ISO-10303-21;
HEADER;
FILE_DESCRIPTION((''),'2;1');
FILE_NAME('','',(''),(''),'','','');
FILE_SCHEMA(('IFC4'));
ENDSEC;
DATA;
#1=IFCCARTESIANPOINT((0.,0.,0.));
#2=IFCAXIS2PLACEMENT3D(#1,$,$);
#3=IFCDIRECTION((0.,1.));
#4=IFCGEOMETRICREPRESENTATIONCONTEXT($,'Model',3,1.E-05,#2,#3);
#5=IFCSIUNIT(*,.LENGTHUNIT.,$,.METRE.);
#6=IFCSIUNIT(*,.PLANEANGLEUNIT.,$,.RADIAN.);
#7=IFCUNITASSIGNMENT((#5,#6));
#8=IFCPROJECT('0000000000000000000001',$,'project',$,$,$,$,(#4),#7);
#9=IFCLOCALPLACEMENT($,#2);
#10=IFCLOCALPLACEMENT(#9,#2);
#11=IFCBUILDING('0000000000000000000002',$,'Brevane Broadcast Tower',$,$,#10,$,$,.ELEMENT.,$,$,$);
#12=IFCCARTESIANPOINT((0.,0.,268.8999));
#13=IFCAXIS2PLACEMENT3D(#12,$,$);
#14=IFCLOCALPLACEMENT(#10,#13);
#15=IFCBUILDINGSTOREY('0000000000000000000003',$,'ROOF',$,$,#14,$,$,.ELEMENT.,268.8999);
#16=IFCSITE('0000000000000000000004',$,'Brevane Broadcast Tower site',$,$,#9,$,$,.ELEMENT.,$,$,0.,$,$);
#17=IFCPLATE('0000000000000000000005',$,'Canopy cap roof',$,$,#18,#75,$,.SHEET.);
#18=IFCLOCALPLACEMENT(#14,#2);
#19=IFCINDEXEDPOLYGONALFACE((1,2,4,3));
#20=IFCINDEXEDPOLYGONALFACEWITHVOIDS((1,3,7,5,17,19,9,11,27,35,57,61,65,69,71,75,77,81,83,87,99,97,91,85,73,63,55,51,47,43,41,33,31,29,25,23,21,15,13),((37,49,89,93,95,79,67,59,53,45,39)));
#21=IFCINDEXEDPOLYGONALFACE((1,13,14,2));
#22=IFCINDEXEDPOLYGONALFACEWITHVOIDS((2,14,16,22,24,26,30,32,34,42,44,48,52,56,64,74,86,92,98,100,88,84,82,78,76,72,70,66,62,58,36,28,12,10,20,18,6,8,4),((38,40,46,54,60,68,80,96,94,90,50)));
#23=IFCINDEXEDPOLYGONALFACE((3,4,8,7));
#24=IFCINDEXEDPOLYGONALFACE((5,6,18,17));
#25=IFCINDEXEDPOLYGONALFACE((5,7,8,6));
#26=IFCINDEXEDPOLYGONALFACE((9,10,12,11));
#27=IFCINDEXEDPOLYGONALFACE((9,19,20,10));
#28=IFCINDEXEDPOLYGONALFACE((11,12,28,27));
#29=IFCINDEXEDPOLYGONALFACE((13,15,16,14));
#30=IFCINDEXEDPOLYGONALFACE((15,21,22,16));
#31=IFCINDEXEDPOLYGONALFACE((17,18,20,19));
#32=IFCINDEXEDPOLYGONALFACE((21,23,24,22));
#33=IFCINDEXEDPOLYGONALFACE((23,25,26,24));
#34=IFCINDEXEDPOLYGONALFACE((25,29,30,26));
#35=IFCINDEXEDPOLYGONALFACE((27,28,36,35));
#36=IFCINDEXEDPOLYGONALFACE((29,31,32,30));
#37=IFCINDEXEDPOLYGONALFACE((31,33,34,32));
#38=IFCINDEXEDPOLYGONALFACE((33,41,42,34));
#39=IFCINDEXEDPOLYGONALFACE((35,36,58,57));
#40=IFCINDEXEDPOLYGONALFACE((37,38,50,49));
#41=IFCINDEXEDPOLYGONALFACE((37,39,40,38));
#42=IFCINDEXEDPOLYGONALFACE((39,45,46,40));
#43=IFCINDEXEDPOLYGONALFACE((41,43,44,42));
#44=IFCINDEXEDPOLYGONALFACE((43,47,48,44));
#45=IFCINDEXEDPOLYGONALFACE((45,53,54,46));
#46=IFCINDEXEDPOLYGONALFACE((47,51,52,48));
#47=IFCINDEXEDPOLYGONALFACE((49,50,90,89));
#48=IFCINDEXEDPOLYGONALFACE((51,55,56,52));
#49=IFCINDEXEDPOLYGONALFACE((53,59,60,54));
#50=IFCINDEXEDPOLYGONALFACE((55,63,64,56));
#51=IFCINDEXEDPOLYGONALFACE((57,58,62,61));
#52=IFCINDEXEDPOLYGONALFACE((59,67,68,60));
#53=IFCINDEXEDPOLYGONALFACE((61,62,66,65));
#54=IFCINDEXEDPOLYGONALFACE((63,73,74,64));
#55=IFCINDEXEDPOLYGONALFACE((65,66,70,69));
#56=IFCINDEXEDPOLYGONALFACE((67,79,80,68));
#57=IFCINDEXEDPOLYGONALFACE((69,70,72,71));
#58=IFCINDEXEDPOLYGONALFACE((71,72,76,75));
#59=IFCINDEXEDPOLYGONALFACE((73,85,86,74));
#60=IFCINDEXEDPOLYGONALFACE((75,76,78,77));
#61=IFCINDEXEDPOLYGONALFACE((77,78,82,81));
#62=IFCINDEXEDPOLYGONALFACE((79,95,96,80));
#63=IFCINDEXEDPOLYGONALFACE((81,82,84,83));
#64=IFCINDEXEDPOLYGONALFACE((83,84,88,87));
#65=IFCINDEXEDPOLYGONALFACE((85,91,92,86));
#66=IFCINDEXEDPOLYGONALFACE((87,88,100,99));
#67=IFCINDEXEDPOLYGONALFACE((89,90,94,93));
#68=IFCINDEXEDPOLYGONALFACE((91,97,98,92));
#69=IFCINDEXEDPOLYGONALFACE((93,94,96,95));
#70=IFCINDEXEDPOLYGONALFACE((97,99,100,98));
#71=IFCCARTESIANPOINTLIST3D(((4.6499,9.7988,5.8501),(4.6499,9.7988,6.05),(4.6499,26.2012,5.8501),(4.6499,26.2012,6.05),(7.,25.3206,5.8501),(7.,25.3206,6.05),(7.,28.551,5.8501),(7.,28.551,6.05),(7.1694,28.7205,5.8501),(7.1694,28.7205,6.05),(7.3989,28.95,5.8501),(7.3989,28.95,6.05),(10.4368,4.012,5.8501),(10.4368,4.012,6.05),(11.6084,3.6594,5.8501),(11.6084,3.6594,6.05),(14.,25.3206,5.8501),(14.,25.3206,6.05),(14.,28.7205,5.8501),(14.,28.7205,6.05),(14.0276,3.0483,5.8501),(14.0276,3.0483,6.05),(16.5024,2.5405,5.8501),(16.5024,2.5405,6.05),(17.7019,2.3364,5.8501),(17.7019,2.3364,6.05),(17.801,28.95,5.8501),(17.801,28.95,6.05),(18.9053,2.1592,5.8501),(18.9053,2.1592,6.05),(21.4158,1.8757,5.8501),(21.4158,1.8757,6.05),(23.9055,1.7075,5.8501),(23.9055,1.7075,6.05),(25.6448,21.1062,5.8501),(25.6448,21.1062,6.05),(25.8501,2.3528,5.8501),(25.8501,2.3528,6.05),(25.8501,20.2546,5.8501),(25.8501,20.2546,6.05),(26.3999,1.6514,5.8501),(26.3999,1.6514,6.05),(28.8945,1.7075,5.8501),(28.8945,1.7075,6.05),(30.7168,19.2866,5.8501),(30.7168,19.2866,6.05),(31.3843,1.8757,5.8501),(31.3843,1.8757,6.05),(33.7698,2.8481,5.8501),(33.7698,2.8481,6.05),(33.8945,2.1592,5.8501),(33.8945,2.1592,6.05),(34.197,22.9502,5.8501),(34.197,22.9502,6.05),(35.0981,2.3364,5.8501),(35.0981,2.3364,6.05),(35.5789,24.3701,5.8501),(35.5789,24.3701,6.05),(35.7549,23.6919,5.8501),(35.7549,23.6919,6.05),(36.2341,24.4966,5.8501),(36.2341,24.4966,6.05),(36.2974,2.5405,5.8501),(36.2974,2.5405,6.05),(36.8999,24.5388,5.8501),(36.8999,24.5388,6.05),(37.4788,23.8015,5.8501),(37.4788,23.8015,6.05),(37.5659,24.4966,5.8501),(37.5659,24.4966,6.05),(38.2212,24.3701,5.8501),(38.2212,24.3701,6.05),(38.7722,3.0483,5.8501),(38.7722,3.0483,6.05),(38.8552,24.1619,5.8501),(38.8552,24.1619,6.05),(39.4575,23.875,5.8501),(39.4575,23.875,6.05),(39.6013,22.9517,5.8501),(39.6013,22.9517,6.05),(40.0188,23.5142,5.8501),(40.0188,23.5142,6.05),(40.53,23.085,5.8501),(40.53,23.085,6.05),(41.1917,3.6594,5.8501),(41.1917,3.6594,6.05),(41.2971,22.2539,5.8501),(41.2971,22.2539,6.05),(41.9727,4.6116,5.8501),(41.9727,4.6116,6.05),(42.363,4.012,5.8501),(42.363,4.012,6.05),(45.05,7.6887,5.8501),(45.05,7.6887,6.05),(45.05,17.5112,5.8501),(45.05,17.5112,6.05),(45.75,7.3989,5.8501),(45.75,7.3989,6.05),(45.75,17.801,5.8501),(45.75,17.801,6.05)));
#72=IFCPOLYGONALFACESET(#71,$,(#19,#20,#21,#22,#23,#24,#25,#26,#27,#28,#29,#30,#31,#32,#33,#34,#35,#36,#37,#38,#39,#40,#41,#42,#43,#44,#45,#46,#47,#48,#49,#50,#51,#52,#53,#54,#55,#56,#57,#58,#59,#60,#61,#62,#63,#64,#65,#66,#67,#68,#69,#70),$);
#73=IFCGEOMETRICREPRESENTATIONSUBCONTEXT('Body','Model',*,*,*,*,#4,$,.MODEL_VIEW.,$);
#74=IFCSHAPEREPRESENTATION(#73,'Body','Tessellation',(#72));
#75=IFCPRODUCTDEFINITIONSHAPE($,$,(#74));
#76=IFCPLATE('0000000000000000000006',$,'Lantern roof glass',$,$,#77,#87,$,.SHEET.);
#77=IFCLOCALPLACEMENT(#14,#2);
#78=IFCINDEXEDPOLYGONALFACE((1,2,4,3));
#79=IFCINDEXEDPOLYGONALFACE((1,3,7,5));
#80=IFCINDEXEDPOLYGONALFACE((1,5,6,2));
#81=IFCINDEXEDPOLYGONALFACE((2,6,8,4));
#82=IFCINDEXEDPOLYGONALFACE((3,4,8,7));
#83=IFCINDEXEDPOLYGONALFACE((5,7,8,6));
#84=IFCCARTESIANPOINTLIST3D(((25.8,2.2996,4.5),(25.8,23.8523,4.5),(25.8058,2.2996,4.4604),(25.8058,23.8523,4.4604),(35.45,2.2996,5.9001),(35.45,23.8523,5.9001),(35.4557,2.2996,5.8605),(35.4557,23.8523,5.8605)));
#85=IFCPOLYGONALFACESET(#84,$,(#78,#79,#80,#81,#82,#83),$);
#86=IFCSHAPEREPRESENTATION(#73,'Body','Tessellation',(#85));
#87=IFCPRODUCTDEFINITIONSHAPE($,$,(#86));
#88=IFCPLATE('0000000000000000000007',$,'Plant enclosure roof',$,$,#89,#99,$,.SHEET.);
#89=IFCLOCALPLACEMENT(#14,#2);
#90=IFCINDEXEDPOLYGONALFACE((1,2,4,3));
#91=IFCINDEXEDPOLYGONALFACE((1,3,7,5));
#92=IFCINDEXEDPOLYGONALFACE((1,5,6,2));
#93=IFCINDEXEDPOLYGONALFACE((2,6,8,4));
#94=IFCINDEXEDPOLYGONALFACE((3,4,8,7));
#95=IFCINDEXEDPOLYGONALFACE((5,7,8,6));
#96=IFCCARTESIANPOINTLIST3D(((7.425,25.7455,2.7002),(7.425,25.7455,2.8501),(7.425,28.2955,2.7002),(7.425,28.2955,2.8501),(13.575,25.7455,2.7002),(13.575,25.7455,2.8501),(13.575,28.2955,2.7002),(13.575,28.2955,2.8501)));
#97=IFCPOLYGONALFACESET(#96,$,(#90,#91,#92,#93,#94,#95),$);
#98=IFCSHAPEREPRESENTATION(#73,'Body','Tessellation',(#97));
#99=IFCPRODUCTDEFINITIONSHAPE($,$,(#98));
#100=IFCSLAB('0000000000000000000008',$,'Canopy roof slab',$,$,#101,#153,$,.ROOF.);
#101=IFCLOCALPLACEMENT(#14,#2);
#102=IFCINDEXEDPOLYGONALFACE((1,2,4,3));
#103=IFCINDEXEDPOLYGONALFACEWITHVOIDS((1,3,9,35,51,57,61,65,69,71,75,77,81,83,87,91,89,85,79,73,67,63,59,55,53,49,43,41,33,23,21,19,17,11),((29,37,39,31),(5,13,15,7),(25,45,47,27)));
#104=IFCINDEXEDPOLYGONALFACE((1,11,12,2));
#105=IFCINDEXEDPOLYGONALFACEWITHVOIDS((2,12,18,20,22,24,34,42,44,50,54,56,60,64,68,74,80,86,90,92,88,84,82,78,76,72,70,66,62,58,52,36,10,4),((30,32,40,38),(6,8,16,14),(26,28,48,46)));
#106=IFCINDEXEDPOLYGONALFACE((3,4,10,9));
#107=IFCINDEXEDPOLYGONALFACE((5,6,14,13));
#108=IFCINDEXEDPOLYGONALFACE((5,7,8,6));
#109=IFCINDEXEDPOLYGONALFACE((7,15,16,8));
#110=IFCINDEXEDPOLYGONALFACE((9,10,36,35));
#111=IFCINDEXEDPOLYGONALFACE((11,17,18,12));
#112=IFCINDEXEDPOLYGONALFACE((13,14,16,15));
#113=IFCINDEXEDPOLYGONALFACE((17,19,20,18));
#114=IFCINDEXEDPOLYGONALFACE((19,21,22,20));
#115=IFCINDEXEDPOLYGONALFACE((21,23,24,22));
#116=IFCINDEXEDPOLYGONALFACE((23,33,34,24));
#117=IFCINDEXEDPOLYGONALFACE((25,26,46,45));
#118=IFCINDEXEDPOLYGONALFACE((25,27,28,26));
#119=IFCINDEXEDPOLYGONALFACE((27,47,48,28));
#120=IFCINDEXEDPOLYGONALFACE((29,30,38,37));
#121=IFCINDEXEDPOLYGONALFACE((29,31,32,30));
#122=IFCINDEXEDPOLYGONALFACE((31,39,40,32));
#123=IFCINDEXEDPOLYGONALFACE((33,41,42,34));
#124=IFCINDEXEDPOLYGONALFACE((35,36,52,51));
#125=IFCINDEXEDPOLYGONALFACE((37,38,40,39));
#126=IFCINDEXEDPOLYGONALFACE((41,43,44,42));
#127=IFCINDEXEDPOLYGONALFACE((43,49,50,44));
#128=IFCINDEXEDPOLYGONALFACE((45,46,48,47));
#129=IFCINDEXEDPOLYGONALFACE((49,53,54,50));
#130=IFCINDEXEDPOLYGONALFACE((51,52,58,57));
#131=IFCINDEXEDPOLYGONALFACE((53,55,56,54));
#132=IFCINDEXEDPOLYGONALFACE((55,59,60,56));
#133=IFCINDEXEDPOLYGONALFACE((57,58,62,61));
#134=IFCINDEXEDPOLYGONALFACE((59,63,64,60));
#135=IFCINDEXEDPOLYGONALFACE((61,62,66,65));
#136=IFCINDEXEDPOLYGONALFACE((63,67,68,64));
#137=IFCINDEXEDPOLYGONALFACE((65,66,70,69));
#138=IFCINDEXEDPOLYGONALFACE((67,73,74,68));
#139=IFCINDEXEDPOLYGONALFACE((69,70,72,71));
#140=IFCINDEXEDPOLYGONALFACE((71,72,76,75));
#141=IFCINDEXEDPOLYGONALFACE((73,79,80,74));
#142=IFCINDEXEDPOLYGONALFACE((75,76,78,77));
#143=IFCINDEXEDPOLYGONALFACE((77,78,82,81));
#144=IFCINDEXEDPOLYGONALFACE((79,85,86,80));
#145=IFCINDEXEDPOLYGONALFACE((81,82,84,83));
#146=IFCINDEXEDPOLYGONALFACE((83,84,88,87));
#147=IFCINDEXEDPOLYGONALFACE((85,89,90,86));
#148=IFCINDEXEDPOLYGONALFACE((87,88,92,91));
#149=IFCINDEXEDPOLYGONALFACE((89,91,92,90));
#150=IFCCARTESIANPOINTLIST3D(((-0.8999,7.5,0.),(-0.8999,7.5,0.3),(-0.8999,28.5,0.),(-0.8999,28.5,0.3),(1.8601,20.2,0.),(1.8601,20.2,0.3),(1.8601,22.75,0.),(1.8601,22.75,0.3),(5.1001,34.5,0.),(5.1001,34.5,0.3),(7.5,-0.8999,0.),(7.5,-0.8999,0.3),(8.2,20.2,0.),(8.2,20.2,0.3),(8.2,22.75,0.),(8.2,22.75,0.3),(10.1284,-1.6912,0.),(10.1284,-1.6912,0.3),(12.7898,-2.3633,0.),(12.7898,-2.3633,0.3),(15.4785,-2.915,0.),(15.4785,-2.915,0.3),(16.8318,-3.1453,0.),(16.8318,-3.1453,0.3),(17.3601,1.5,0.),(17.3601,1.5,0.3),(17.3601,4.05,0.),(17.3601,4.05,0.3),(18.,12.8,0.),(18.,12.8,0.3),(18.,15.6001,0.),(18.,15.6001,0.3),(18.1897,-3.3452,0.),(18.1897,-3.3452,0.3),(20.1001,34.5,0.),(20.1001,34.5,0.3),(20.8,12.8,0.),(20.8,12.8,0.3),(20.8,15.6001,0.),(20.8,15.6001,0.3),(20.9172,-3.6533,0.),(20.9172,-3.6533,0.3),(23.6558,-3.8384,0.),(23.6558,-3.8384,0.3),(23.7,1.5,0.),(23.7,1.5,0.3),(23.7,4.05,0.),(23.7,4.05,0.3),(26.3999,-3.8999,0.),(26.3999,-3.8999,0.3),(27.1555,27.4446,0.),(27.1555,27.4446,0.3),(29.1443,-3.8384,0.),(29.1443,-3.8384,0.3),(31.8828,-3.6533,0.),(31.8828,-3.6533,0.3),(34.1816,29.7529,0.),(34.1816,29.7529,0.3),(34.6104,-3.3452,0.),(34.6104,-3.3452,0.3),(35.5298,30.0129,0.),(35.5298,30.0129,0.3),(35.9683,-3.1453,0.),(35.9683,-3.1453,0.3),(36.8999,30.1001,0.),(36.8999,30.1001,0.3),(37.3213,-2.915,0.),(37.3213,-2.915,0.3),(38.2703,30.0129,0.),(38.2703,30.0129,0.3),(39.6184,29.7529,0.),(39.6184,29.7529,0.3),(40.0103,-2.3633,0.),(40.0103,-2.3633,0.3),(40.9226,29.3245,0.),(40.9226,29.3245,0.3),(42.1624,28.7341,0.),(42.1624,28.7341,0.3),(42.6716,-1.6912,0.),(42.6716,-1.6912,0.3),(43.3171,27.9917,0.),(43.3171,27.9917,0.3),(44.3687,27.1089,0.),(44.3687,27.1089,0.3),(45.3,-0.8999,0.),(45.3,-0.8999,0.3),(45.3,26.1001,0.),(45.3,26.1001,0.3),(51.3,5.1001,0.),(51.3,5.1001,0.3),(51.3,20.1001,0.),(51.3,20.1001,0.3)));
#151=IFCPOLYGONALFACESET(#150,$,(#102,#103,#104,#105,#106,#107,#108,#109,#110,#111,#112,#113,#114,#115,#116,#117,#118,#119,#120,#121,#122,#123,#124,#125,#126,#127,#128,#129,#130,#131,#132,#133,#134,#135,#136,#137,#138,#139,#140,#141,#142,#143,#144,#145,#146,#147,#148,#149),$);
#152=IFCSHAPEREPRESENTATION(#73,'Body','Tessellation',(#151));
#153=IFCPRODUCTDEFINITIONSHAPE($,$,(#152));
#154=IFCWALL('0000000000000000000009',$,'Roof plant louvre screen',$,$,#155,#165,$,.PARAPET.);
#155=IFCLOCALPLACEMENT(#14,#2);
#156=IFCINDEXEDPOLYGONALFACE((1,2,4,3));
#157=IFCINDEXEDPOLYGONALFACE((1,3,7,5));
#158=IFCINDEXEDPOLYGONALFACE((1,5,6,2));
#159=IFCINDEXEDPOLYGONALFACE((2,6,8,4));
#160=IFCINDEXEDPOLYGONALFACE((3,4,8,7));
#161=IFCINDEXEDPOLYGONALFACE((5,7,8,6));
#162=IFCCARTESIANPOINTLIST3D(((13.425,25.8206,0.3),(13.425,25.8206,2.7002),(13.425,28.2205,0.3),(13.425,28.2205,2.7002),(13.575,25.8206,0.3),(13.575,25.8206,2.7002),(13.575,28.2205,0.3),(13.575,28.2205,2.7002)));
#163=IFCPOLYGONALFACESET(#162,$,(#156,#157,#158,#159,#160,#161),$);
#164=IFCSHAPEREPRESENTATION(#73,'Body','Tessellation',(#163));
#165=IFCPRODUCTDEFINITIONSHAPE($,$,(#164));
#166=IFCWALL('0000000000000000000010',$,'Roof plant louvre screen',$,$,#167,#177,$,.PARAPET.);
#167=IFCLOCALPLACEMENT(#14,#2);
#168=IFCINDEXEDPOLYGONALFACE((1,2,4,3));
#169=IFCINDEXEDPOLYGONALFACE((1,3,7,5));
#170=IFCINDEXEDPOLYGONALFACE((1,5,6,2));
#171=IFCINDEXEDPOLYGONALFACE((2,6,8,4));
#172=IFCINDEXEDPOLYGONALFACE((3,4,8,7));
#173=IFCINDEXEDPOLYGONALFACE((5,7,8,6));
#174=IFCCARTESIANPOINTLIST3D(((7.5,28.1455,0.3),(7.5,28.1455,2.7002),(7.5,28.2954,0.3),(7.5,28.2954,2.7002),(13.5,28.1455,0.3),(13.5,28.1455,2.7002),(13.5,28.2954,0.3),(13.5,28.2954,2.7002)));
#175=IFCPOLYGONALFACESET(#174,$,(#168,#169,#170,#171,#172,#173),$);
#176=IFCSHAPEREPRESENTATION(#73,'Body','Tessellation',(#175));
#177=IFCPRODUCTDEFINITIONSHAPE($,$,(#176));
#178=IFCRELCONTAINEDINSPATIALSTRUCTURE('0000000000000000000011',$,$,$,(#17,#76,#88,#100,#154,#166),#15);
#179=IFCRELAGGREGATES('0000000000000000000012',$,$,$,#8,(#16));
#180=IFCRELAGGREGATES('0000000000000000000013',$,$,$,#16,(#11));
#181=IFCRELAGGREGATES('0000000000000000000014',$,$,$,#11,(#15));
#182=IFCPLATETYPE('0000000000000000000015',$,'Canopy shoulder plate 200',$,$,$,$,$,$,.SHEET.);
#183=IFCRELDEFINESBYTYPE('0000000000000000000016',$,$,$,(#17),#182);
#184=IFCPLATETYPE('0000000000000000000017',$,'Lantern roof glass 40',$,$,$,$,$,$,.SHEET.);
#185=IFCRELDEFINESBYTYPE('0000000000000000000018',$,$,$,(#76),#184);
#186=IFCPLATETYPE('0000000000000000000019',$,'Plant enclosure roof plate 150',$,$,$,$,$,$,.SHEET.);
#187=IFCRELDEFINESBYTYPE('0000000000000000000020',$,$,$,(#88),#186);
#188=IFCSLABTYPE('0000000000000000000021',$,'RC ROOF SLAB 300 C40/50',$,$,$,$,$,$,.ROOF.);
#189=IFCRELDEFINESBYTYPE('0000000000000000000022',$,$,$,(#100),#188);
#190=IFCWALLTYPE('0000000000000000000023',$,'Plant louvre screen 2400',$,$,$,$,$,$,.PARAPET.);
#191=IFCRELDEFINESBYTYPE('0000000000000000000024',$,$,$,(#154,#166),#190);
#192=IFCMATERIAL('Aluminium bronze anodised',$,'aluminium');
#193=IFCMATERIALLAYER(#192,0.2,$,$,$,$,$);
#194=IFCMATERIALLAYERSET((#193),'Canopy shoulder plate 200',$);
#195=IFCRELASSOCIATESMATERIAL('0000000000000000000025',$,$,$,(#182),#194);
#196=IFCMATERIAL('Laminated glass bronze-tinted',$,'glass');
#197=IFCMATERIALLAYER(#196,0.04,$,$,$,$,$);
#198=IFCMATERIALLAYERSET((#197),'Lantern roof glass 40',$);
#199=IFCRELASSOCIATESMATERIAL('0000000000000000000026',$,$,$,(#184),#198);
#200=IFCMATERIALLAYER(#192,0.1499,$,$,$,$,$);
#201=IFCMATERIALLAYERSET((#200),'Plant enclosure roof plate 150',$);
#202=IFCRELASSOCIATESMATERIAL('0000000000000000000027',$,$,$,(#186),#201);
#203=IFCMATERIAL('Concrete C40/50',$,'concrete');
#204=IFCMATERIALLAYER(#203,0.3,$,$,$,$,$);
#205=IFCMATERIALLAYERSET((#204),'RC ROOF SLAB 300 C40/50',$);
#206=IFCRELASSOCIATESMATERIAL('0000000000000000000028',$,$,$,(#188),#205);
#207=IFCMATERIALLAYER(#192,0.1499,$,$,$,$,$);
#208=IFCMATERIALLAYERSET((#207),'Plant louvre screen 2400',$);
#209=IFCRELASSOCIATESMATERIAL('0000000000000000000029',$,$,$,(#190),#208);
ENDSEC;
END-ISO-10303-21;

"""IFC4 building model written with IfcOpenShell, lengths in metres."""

from ifc_helpers import new_model, si_unit, direction, frame, frame_2d, origin, origin_2d, place, context, subcontext, project, spatial, polyline, rectangle, outline, extrude, material, layer, layer_set, type_object, element, save


model = new_model("IFC4")

# Units and contexts
model_context = context("Model", 3, precision=1e-05, world=origin(), true_north=direction((0.0, 1.0)))
body_context = subcontext(model_context, "Body", "Model", "MODEL_VIEW")
ifc_project = project(units=[si_unit("LENGTHUNIT", "METRE"), si_unit("PLANEANGLEUNIT", "RADIAN")], contexts=[model_context])

# Site, building, storey
site_placement = place(None, origin())
site = spatial("IfcSite", under=ifc_project, at=site_placement, Name="Brevane Broadcast Tower site", CompositionType="ELEMENT", RefElevation=0.0)
building_placement = place(site_placement, origin())
building = spatial("IfcBuilding", under=site, at=building_placement, Name="Brevane Broadcast Tower", CompositionType="ELEMENT")
storey_placement = place(building_placement, frame((0.0, 0.0, 268.8999)))
storey = spatial("IfcBuildingStorey", under=building, at=storey_placement, Name="ROOF", CompositionType="ELEMENT", Elevation=268.8999)

# Shared definitions
ifc_material_1 = material(Name="Laminated glass bronze-tinted", Category="glass")

# Plates
ifc_material_2 = material(Name="Aluminium bronze anodised", Category="aluminium")
ifc_layer_1 = layer(ifc_material_2, 0.2)
ifc_layer_set_1 = layer_set([ifc_layer_1], Name="Canopy shoulder plate 200")
plate_type_1 = type_object("IfcPlateType", Name="Canopy shoulder plate 200", PredefinedType="SHEET", material=ifc_layer_set_1)
plate_1_placement = place(storey_placement, frame((0.0, 0.0, 5.8501)))
element("IfcPlate", 1, at=plate_1_placement, inside=storey, type_object=plate_type_1, Name="Canopy cap roof", PredefinedType="SHEET", context=body_context, shape_type="SweptSolid", body=[
    extrude(outline(polyline([(10.4368, 4.012), (11.6084, 3.6594), (14.0276, 3.0483), (16.5024, 2.5405), (17.7019, 2.3364), (18.9053, 2.1592), (21.4158, 1.8757), (23.9055, 1.7075), (26.3999, 1.6514), (28.8945, 1.7075), (31.3843, 1.8757), (33.8945, 2.1592), (35.0981, 2.3364), (36.2974, 2.5405), (38.7722, 3.0483), (41.1917, 3.6594), (42.363, 4.012), (45.75, 7.3989), (45.75, 17.801), (41.2971, 22.2539), (40.53, 23.085), (40.0188, 23.5142), (39.4575, 23.875), (38.8552, 24.1619), (38.2212, 24.3701), (37.5659, 24.4966), (36.8999, 24.5388), (36.2341, 24.4966), (35.5789, 24.3701), (25.6448, 21.1062), (17.801, 28.95), (7.3989, 28.95), (7.1694, 28.7205), (14.0, 28.7205), (14.0, 25.3206), (7.0, 25.3206), (7.0, 28.551), (4.6499, 26.2012), (4.6499, 9.7988), (10.4368, 4.012)]), holes=[polyline([(30.7168, 19.2866), (25.8501, 20.2546), (25.8501, 2.3528), (33.7698, 2.8481), (41.9727, 4.6116), (45.05, 7.6887), (45.05, 17.5112), (39.6013, 22.9517), (37.4788, 23.8015), (35.7549, 23.6919), (34.197, 22.9502), (30.7168, 19.2866)])]), origin(), (0.0, 0.0, 1.0), 0.2),
])
ifc_layer_2 = layer(ifc_material_1, 0.04)
ifc_layer_set_2 = layer_set([ifc_layer_2], Name="Lantern roof glass 40")
plate_type_2 = type_object("IfcPlateType", Name="Lantern roof glass 40", PredefinedType="SHEET", material=ifc_layer_set_2)
plate_2_placement = place(storey_placement, frame((25.8, 23.8523, 4.5), z_axis=(-0.143591, 0.0, 0.989637), x_axis=(0.0, -1.0, 0.0)))
element("IfcPlate", 2, at=plate_2_placement, inside=storey, type_object=plate_type_2, Name="Lantern roof glass", PredefinedType="SHEET", context=body_context, shape_type="SweptSolid", body=[
    extrude(outline(polyline([(0.0, 0.0), (21.5527, 0.0), (21.5527, 9.7509), (0.0, 9.7509), (0.0, 0.0)])), origin(), (0.0, 0.0, -1.0), 0.04),
])
ifc_layer_3 = layer(ifc_material_2, 0.1499)
ifc_layer_set_3 = layer_set([ifc_layer_3], Name="Plant enclosure roof plate 150")
plate_type_3 = type_object("IfcPlateType", Name="Plant enclosure roof plate 150", PredefinedType="SHEET", material=ifc_layer_set_3)
plate_3_placement = place(storey_placement, frame((10.5, 27.0205, 2.7002), z_axis=(0.0, 0.0, 1.0), x_axis=(1.0, 0.0, 0.0)))
element("IfcPlate", 3, at=plate_3_placement, inside=storey, type_object=plate_type_3, Name="Plant enclosure roof", PredefinedType="SHEET", context=body_context, shape_type="SweptSolid", body=[
    extrude(rectangle(XDim=6.1499, YDim=2.55, at=origin_2d()), origin(), (0.0, 0.0, 1.0), 0.1499),
])

# Slab
ifc_material_3 = material(Name="Concrete C40/50", Category="concrete")
ifc_layer_4 = layer(ifc_material_3, 0.3)
ifc_layer_set_4 = layer_set([ifc_layer_4], Name="RC ROOF SLAB 300 C40/50")
slab_type = type_object("IfcSlabType", Name="RC ROOF SLAB 300 C40/50", PredefinedType="ROOF", material=ifc_layer_set_4)
slab_placement = place(storey_placement, origin())
element("IfcSlab", 4, at=slab_placement, inside=storey, type_object=slab_type, Name="Canopy roof slab", PredefinedType="ROOF", context=body_context, shape_type="SweptSolid", body=[
    extrude(outline(polyline([(-0.8999, 7.5), (-0.8999, 28.5), (5.1001, 34.5), (20.1001, 34.5), (27.1555, 27.4446), (34.1816, 29.7529), (35.5298, 30.0129), (36.8999, 30.1001), (38.2703, 30.0129), (39.6184, 29.7529), (40.9226, 29.3245), (42.1624, 28.7341), (43.3171, 27.9917), (44.3687, 27.1089), (45.3, 26.1001), (51.3, 20.1001), (51.3, 5.1001), (45.3, -0.8999), (42.6716, -1.6912), (40.0103, -2.3633), (37.3213, -2.915), (35.9683, -3.1453), (34.6104, -3.3452), (31.8828, -3.6533), (29.1443, -3.8384), (26.3999, -3.8999), (23.6558, -3.8384), (20.9172, -3.6533), (18.1897, -3.3452), (16.8318, -3.1453), (15.4785, -2.915), (12.7898, -2.3633), (10.1284, -1.6912), (7.5, -0.8999), (-0.8999, 7.5)]), holes=[polyline([(23.7, 1.5), (23.7, 4.05), (17.3601, 4.05), (17.3601, 1.5), (23.7, 1.5)]), polyline([(18.0, 15.6001), (18.0, 12.8), (20.8, 12.8), (20.8, 15.6001), (18.0, 15.6001)]), polyline([(1.8601, 20.2), (8.2, 20.2), (8.2, 22.75), (1.8601, 22.75), (1.8601, 20.2)])]), origin(), (0.0, 0.0, 1.0), 0.3),
])

# Walls
ifc_layer_5 = layer(ifc_material_2, 0.1499)
ifc_layer_set_5 = layer_set([ifc_layer_5], Name="Plant louvre screen 2400")
wall_type = type_object("IfcWallType", Name="Plant louvre screen 2400", PredefinedType="PARAPET", material=ifc_layer_set_5)
wall_1_placement = place(storey_placement, frame((13.5, 25.8206, 0.3), z_axis=(0.0, 0.0, 1.0), x_axis=(0.0, 1.0, 0.0)))
element("IfcWall", 5, at=wall_1_placement, inside=storey, type_object=wall_type, Name="Roof plant louvre screen", PredefinedType="PARAPET", context=body_context, shape_type="SweptSolid", body=[
    extrude(rectangle(XDim=2.3999, YDim=0.1499, at=frame_2d((1.2, 0.0))), origin(), (0.0, 0.0, 1.0), 2.4001),
])
wall_2_placement = place(storey_placement, frame((13.5, 28.2205, 0.3), z_axis=(0.0, 0.0, 1.0), x_axis=(-1.0, 0.0, 0.0)))
element("IfcWall", 6, at=wall_2_placement, inside=storey, type_object=wall_type, Name="Roof plant louvre screen", PredefinedType="PARAPET", context=body_context, shape_type="SweptSolid", body=[
    extrude(rectangle(XDim=6.0, YDim=0.1499, at=frame_2d((3.0, 0.0))), origin(), (0.0, 0.0, 1.0), 2.4001),
])

save(model, "model.ifc")
